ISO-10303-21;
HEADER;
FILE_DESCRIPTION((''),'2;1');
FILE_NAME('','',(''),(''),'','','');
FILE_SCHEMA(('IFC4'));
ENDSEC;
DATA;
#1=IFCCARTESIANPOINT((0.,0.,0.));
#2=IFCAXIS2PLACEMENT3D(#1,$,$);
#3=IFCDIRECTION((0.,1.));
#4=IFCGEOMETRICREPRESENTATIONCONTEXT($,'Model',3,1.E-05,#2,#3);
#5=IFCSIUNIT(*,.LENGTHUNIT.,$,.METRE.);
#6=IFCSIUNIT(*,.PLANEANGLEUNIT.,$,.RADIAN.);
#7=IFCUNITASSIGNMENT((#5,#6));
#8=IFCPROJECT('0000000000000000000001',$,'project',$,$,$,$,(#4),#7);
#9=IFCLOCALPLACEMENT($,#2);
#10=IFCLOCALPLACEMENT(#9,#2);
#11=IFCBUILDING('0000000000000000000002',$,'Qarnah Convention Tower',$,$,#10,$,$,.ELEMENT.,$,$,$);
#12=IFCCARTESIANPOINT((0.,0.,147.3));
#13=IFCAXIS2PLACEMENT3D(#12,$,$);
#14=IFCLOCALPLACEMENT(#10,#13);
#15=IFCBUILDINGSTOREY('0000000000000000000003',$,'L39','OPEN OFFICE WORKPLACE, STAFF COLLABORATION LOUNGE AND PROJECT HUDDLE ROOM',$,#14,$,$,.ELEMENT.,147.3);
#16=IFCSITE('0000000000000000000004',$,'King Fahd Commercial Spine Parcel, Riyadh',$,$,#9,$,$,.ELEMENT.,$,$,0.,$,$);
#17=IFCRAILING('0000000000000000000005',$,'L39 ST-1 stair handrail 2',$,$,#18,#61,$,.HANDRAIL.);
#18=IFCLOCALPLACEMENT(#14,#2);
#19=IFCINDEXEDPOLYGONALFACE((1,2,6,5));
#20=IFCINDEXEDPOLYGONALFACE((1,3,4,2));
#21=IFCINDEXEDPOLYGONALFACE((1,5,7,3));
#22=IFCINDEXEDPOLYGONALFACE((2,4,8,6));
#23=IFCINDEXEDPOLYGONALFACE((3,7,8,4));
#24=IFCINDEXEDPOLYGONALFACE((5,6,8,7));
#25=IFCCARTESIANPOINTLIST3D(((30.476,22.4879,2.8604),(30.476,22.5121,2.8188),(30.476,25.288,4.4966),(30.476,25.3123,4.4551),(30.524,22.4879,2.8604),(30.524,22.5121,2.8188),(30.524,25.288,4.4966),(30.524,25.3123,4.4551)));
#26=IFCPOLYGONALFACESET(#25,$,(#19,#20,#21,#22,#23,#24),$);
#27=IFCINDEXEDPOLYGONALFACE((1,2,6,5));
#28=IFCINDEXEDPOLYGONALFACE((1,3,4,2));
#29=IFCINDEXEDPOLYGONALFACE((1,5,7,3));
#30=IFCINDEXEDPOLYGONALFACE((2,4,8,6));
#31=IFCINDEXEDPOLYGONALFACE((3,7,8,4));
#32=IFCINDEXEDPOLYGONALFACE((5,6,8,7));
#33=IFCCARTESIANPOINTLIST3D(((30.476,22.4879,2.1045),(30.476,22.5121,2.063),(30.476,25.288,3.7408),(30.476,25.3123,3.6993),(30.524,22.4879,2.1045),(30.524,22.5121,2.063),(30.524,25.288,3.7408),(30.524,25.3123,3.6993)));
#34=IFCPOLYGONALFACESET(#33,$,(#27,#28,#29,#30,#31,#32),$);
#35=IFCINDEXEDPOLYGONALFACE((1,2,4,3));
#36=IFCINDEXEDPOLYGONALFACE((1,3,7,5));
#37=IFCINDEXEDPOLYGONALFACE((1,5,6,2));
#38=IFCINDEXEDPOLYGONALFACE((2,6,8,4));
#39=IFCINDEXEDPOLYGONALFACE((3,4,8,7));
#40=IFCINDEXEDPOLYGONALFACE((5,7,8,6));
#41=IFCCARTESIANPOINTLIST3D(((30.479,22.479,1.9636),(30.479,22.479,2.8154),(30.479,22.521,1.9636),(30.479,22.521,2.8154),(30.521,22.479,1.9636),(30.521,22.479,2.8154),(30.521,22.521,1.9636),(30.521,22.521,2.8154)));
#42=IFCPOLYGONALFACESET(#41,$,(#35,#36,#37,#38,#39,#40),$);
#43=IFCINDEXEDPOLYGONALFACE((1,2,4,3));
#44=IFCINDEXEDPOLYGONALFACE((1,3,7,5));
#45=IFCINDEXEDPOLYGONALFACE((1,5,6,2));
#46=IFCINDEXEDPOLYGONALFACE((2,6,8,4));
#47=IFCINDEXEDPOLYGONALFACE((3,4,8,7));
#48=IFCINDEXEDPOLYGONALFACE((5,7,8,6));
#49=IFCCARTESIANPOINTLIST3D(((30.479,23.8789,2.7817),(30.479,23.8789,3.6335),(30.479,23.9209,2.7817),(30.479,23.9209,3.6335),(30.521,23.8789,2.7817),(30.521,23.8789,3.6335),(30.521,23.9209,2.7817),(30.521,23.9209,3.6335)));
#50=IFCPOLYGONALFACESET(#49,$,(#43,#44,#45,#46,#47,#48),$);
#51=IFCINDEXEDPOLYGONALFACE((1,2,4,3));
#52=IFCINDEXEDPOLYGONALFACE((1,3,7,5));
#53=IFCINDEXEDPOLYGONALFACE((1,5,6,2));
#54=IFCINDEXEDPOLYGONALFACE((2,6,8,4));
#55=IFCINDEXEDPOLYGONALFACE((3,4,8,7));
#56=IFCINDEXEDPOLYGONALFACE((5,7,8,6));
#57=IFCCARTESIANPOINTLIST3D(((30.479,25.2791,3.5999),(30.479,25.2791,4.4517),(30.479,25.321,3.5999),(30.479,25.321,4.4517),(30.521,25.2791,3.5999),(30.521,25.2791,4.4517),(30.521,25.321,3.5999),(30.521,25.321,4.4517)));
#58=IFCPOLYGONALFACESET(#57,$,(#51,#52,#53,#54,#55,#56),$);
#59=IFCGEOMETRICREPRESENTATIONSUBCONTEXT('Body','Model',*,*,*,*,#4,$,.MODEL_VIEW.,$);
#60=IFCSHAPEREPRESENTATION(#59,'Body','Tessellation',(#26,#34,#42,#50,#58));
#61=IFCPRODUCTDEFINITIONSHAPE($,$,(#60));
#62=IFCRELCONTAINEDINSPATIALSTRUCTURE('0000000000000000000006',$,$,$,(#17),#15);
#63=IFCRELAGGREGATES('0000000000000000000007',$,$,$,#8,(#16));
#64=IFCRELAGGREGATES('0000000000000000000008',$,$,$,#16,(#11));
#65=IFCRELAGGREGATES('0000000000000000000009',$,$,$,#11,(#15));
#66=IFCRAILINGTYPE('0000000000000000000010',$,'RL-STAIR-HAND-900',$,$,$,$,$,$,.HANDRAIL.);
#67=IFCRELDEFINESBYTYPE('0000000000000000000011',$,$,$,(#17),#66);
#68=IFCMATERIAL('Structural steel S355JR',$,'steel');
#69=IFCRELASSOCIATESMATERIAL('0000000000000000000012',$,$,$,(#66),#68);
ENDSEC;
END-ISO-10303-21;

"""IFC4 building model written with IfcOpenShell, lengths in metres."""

from ifc_helpers import new_model, si_unit, direction, frame, origin, origin_2d, place, context, subcontext, project, spatial, rectangle, extrude, material, type_object, element, save


model = new_model("IFC4")

# Units and contexts
model_context = context("Model", 3, precision=1e-05, world=origin(), true_north=direction((0.0, 1.0)))
body_context = subcontext(model_context, "Body", "Model", "MODEL_VIEW")
ifc_project = project(units=[si_unit("LENGTHUNIT", "METRE"), si_unit("PLANEANGLEUNIT", "RADIAN")], contexts=[model_context])

# Site, building, storey
site_placement = place(None, origin())
site = spatial("IfcSite", under=ifc_project, at=site_placement, Name="King Fahd Commercial Spine Parcel, Riyadh", CompositionType="ELEMENT", RefElevation=0.0)
building_placement = place(site_placement, origin())
building = spatial("IfcBuilding", under=site, at=building_placement, Name="Qarnah Convention Tower", CompositionType="ELEMENT")
storey_placement = place(building_placement, frame((0.0, 0.0, 147.3)))
storey = spatial("IfcBuildingStorey", under=building, at=storey_placement, Name="L39", Description="OPEN OFFICE WORKPLACE, STAFF COLLABORATION LOUNGE AND PROJECT HUDDLE ROOM", CompositionType="ELEMENT", Elevation=147.3)

# Shared definitions
ifc_material_1 = material(Name="Structural steel S355JR", Category="steel")

# Railing
railing_type_1 = type_object("IfcRailingType", Name="RL-STAIR-HAND-900", PredefinedType="HANDRAIL", material=ifc_material_1)
railing_1_placement = place(storey_placement, frame((30.5, 22.5, 1.9636)))
element("IfcRailing", 1, at=railing_1_placement, inside=storey, type_object=railing_type_1, Name="L39 ST-1 stair handrail 2", PredefinedType="HANDRAIL", context=body_context, shape_type="SweptSolid", body=[
    extrude(rectangle(XDim=0.0481, YDim=0.0481, at=origin_2d()), frame((0.0, 0.0, 0.876), z_axis=(0.0, 0.863394, 0.504531), x_axis=(-1.0, 0.0, 0.0)), (0.0, 0.0, 1.0), 3.2432),
    extrude(rectangle(XDim=0.0481, YDim=0.0481, at=origin_2d()), frame((0.0, 0.0, 0.1201), z_axis=(0.0, 0.863394, 0.504531), x_axis=(-1.0, 0.0, 0.0)), (0.0, 0.0, 1.0), 3.2432),
    extrude(rectangle(XDim=0.042, YDim=0.042, at=origin_2d()), origin(), (0.0, 0.0, 1.0), 0.8518),
    extrude(rectangle(XDim=0.042, YDim=0.042, at=origin_2d()), frame((0.0, 1.3999, 0.8181)), (0.0, 0.0, 1.0), 0.8518),
    extrude(rectangle(XDim=0.042, YDim=0.042, at=origin_2d()), frame((0.0, 2.8, 1.6362)), (0.0, 0.0, 1.0), 0.8518),
])

save(model, "model.ifc")
